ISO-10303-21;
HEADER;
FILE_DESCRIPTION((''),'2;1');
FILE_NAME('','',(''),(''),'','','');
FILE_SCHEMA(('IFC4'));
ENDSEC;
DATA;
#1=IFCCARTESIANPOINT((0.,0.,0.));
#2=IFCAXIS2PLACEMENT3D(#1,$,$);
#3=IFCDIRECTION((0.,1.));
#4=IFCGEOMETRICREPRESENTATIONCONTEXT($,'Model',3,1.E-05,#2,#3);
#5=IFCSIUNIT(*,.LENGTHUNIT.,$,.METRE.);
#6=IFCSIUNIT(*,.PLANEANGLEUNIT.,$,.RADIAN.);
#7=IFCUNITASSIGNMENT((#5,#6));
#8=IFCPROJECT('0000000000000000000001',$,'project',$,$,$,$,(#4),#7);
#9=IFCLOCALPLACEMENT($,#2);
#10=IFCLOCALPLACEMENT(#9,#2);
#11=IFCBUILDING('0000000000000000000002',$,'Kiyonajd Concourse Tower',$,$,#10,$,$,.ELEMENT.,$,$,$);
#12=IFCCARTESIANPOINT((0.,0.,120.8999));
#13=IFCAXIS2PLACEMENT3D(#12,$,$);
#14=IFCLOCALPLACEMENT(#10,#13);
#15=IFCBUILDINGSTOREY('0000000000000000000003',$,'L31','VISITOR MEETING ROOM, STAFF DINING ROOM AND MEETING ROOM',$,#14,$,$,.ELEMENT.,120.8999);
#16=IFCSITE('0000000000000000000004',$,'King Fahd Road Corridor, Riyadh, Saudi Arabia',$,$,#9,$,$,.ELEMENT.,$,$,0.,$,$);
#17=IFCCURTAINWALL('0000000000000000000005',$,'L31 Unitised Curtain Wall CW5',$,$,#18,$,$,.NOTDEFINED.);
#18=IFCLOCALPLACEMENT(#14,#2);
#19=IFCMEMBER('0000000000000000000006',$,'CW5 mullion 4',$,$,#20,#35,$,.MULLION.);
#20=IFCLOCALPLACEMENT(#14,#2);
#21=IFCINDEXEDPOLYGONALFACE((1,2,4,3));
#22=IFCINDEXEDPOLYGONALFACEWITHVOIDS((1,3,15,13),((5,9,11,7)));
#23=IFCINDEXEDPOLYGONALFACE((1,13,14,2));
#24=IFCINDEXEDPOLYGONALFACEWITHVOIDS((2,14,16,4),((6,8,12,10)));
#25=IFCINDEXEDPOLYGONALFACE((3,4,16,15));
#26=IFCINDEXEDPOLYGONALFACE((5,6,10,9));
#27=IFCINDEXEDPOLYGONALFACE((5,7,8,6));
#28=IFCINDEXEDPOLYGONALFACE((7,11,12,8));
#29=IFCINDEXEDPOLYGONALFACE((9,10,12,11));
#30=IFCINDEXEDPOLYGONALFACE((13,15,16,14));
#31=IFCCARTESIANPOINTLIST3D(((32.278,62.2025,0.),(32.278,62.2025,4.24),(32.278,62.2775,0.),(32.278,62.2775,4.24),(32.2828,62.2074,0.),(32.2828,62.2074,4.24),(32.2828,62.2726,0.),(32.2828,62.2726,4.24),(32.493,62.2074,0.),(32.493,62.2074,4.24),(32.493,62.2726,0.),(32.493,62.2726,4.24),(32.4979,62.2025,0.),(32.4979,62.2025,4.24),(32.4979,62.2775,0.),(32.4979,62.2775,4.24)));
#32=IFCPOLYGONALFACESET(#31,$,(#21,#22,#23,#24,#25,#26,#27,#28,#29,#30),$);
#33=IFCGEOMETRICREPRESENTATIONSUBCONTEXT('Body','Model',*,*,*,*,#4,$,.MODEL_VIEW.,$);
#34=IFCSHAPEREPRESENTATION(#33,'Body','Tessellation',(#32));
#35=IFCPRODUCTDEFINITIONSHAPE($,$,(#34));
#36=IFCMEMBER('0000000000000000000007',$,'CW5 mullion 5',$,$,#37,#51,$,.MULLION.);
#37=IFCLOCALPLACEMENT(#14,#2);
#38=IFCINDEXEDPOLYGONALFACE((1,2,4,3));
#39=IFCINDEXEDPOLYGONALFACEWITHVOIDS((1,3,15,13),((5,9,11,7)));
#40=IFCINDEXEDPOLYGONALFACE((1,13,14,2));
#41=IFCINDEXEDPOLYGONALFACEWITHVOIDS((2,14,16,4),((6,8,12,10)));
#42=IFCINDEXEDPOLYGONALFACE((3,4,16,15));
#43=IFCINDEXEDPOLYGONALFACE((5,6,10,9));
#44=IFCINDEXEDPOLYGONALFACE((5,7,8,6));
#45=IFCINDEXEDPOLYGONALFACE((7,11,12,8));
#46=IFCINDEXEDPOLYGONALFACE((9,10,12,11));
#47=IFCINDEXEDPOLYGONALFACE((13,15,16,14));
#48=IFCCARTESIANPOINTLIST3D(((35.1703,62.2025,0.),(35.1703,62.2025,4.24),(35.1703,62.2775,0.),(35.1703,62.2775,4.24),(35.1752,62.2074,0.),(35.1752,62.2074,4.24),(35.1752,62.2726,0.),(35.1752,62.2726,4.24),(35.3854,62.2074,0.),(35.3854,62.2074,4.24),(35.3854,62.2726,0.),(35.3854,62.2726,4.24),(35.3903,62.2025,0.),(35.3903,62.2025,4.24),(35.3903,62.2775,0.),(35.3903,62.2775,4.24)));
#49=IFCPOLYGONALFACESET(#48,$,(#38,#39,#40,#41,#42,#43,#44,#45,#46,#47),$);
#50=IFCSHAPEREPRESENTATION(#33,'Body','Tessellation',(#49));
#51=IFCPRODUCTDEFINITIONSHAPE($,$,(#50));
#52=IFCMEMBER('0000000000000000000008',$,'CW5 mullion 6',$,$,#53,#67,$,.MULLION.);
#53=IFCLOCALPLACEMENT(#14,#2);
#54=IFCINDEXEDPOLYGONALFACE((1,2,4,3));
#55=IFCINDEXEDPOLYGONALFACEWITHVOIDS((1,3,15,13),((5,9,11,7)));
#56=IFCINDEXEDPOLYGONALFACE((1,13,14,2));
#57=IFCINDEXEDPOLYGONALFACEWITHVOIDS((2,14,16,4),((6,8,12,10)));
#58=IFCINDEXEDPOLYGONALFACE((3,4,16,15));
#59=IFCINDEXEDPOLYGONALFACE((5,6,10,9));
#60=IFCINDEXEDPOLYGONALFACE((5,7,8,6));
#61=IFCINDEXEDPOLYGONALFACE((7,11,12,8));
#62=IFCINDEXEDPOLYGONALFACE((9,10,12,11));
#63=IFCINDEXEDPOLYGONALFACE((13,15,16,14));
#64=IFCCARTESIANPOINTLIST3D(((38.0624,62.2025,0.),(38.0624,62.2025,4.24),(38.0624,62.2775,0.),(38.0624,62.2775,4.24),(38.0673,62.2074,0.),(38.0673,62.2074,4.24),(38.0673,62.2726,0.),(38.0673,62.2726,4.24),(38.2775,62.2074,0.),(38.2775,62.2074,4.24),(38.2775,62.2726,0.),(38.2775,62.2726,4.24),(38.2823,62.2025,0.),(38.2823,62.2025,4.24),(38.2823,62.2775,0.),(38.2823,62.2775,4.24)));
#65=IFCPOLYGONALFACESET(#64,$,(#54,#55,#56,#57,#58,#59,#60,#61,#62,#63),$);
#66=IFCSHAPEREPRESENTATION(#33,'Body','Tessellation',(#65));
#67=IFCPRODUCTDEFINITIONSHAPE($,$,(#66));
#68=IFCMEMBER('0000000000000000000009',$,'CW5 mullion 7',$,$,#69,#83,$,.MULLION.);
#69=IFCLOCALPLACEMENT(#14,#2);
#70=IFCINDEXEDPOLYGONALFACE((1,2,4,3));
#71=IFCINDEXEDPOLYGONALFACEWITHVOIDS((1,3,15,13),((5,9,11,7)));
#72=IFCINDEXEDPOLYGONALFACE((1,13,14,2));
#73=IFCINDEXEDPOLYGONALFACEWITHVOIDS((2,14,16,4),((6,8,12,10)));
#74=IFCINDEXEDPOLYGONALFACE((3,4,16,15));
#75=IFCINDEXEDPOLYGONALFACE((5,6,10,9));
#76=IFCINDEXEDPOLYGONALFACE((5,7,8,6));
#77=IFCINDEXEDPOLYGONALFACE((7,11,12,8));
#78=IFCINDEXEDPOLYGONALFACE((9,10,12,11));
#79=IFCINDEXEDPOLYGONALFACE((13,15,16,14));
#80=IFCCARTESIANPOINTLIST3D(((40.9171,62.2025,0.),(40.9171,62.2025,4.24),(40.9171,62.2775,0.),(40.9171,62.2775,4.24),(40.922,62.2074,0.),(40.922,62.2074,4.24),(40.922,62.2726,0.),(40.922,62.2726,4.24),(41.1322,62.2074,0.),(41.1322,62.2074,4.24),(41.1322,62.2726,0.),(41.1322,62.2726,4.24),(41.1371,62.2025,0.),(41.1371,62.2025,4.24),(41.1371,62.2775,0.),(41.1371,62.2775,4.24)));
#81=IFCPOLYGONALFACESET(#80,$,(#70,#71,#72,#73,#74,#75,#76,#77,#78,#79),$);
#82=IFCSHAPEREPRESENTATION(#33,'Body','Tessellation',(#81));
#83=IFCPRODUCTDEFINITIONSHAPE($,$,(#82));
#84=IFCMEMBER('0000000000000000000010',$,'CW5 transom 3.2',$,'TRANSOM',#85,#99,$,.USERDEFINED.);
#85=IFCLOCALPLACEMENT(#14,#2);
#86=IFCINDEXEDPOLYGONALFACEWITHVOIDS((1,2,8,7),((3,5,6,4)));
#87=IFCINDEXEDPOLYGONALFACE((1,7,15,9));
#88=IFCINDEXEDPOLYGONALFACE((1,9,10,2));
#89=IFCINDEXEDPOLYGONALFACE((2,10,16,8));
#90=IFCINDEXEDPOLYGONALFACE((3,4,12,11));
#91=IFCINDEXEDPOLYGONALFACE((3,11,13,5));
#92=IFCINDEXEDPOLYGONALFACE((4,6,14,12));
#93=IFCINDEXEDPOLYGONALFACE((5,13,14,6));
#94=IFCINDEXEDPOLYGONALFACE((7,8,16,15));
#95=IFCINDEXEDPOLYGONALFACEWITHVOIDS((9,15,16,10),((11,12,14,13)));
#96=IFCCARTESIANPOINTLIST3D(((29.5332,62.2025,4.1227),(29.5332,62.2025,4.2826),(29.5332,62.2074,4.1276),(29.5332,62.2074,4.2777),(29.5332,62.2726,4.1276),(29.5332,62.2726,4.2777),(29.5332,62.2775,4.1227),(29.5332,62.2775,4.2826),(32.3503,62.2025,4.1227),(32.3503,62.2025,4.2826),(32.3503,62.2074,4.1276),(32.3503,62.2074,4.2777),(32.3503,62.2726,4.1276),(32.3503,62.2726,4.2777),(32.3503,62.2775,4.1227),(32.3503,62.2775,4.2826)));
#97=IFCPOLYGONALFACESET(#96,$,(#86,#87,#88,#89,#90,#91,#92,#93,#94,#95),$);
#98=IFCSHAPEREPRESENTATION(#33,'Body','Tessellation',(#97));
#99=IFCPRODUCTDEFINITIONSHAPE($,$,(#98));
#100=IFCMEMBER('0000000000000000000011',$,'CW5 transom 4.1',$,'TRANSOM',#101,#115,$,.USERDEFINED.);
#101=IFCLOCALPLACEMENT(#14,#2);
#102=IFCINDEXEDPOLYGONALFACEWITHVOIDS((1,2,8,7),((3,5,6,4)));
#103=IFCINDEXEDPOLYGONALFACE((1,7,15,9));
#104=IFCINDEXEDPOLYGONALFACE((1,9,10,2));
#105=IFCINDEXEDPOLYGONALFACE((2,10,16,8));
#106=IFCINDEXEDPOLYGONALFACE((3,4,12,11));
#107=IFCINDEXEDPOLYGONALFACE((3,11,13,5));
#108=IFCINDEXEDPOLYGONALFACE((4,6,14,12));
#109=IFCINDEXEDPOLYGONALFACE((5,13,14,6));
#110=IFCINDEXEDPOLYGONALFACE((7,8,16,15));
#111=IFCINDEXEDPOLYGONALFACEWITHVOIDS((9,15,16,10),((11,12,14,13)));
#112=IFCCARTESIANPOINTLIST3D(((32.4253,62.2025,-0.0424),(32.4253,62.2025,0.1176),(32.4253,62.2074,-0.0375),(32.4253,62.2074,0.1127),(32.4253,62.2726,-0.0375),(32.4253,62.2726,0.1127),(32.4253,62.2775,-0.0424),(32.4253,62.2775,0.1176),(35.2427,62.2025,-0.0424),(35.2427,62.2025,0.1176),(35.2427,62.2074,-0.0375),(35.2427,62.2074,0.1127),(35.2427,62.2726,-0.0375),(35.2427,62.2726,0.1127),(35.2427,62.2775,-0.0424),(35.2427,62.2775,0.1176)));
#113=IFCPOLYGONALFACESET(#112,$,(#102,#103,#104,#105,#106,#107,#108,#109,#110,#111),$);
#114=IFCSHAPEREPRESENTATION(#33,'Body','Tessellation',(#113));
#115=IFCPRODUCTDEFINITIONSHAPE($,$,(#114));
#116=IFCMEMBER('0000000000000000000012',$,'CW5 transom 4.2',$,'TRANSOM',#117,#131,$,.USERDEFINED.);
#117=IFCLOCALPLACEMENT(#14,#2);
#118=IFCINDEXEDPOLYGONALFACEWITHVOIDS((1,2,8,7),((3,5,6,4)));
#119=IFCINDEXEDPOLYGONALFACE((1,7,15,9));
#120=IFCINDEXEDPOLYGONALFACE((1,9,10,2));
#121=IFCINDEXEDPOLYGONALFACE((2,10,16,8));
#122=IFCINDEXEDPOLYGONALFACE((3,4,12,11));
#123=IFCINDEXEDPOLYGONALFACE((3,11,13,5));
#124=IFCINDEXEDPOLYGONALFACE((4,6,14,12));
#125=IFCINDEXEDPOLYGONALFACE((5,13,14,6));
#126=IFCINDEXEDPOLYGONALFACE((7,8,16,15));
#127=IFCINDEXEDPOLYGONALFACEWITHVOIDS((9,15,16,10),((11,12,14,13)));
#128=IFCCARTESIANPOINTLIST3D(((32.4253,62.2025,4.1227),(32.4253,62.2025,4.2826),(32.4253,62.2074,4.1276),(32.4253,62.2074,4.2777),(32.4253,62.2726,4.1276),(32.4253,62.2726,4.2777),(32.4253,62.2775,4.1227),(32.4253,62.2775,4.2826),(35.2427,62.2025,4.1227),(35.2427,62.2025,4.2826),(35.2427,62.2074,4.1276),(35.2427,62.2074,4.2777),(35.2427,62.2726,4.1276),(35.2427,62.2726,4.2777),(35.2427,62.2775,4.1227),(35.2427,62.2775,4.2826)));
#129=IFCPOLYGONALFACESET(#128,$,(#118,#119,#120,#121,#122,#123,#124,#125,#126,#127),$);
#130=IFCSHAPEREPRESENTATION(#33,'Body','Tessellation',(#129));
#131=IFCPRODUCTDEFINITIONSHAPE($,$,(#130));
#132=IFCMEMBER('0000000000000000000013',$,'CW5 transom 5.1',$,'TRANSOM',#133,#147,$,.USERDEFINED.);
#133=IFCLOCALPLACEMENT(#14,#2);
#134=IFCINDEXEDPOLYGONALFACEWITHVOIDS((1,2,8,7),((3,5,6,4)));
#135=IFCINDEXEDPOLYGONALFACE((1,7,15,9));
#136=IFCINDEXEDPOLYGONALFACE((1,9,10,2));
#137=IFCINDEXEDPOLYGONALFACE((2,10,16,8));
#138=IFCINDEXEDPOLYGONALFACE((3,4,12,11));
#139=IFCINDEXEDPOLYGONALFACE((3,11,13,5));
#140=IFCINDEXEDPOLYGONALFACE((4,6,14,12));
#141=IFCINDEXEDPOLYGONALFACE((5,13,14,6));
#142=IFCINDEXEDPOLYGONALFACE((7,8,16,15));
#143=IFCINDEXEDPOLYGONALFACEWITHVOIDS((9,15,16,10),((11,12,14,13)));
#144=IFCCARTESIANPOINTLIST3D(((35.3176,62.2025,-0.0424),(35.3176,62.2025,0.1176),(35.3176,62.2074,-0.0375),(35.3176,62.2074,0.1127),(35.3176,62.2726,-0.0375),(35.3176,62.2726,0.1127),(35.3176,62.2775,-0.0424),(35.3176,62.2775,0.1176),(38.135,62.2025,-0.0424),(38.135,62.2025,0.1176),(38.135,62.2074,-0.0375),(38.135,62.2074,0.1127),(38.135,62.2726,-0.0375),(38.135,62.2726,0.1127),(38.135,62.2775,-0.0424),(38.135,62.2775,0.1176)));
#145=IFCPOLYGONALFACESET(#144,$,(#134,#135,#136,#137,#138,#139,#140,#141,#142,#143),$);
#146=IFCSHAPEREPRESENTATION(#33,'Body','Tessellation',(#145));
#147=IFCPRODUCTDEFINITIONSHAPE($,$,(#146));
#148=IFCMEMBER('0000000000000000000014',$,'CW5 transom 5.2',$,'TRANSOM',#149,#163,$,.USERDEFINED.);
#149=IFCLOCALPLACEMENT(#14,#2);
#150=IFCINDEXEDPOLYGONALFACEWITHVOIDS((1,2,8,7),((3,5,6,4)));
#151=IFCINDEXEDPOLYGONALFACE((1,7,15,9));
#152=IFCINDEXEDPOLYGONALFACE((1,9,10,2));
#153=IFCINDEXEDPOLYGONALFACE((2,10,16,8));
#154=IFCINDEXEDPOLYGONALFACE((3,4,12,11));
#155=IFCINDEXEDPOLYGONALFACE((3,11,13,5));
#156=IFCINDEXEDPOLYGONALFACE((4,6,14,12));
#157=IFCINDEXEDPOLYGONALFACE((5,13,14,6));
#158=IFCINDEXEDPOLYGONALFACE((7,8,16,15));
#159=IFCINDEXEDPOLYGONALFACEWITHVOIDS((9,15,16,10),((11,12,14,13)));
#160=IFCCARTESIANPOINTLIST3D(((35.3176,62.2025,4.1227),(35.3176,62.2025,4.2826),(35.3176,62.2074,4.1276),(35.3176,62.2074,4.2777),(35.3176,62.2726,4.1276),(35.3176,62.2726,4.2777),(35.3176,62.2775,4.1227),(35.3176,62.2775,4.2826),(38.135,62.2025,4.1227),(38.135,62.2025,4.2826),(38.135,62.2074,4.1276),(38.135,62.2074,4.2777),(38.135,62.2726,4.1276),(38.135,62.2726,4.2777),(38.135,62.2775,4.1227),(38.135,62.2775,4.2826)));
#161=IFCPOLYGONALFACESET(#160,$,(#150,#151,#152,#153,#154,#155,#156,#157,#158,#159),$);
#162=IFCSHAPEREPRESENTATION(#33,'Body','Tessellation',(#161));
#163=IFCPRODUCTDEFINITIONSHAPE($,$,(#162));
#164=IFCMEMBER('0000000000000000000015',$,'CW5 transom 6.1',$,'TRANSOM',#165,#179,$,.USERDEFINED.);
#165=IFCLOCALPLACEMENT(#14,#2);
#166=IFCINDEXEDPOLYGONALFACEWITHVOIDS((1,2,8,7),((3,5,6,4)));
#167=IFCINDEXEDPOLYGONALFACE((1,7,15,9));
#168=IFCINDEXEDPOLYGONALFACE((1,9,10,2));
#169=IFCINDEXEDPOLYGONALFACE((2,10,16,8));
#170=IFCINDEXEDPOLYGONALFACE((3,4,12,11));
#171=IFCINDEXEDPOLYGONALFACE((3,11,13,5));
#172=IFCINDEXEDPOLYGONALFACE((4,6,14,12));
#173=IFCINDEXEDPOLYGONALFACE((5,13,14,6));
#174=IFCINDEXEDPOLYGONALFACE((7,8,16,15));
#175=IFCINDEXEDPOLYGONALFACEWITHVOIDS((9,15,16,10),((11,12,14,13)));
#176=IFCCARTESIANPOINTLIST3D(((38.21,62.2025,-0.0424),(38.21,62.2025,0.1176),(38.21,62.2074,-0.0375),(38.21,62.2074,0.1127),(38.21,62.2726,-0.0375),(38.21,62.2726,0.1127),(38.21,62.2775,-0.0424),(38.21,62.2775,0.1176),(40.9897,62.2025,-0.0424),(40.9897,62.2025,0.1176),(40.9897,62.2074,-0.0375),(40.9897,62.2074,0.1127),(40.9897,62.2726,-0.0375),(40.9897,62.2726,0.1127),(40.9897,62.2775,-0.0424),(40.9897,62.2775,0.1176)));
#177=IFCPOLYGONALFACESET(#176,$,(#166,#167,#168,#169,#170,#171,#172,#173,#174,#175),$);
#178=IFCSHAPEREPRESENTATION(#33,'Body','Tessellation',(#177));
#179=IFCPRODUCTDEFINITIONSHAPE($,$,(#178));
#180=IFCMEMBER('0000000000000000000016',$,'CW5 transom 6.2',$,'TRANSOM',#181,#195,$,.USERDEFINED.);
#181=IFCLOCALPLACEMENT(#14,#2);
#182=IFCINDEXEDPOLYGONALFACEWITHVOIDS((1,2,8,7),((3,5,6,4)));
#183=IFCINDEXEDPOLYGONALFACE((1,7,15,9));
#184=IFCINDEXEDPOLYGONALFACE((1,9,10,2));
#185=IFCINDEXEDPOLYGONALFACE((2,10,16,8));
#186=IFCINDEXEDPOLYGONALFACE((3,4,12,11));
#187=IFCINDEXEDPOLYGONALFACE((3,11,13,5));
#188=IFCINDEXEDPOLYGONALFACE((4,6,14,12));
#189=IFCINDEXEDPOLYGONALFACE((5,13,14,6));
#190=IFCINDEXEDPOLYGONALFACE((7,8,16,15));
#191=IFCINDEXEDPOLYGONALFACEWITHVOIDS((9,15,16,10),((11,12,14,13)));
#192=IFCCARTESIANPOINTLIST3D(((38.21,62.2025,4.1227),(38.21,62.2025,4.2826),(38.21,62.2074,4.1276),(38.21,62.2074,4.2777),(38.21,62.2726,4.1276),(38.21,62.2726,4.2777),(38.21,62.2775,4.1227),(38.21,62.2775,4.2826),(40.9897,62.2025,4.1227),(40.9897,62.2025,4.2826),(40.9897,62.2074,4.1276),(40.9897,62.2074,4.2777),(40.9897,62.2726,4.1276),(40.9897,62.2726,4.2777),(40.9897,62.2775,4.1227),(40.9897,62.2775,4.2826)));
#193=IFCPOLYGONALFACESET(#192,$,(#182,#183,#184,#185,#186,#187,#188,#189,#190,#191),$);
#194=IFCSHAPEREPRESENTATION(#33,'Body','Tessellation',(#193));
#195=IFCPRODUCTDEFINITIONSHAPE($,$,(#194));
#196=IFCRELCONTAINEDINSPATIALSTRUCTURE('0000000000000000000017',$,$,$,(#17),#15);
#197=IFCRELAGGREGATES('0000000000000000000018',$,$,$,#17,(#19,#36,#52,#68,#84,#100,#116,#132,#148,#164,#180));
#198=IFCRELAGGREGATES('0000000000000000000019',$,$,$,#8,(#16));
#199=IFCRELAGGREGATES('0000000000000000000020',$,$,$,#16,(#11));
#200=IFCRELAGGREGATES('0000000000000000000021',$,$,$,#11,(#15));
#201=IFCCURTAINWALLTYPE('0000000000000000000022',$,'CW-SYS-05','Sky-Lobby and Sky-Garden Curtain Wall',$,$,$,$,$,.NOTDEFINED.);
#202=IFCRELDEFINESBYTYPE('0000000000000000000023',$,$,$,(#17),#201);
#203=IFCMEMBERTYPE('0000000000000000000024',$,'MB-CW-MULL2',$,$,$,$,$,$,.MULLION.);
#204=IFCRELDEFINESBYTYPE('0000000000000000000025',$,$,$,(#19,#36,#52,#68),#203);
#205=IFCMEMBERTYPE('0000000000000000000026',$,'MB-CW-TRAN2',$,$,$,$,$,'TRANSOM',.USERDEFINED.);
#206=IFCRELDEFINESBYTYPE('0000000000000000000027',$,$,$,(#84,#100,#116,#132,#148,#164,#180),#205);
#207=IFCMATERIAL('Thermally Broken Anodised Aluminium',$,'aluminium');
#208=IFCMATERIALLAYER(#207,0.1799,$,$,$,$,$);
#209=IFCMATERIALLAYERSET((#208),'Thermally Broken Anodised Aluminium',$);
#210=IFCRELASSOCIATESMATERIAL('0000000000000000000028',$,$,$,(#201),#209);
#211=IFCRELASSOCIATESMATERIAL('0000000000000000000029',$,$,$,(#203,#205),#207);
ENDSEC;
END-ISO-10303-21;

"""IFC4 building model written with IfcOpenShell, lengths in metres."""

from ifc_helpers import new_model, si_unit, direction, frame, origin, origin_2d, place, context, subcontext, project, spatial, hollow_rectangle, extrude, material, layer, layer_set, material_profile, profile_set, type_object, element, aggregate, save


model = new_model("IFC4")

# Units and contexts
model_context = context("Model", 3, precision=1e-05, world=origin(), true_north=direction((0.0, 1.0)))
body_context = subcontext(model_context, "Body", "Model", "MODEL_VIEW")
ifc_project = project(units=[si_unit("LENGTHUNIT", "METRE"), si_unit("PLANEANGLEUNIT", "RADIAN")], contexts=[model_context])

# Site, building, storey
site_placement = place(None, origin())
site = spatial("IfcSite", under=ifc_project, at=site_placement, Name="King Fahd Road Corridor, Riyadh, Saudi Arabia", CompositionType="ELEMENT", RefElevation=0.0)
building_placement = place(site_placement, origin())
building = spatial("IfcBuilding", under=site, at=building_placement, Name="Kiyonajd Concourse Tower", CompositionType="ELEMENT")
storey_placement = place(building_placement, frame((0.0, 0.0, 120.8999)))
storey = spatial("IfcBuildingStorey", under=building, at=storey_placement, Name="L31", Description="VISITOR MEETING ROOM, STAFF DINING ROOM AND MEETING ROOM", CompositionType="ELEMENT", Elevation=120.8999)

# Curtain wall, members
ifc_material_1 = material(Name="Thermally Broken Anodised Aluminium", Category="aluminium")
ifc_layer_1 = layer(ifc_material_1, 0.1799)
ifc_layer_set_1 = layer_set([ifc_layer_1], Name="Thermally Broken Anodised Aluminium")
curtain_wall_type = type_object("IfcCurtainWallType", Name="CW-SYS-05", Description="Sky-Lobby and Sky-Garden Curtain Wall", PredefinedType="NOTDEFINED", material=ifc_layer_set_1)
curtain_wall_placement = place(storey_placement, origin())
curtain_wall = element("IfcCurtainWall", 1, at=curtain_wall_placement, inside=storey, type_object=curtain_wall_type, Name="L31 Unitised Curtain Wall CW5", PredefinedType="NOTDEFINED")
ifc_material_profile_1 = material_profile(ifc_material_1, hollow_rectangle(XDim=0.075, YDim=0.22, WallThickness=0.0049, at=origin_2d()), Name="MULL-75x220")
ifc_profile_set_1 = profile_set([ifc_material_profile_1], Name="Thermally Broken Anodised Aluminium")
member_type_1 = type_object("IfcMemberType", Name="MB-CW-MULL2", PredefinedType="MULLION", material=ifc_profile_set_1)
member_1_placement = place(storey_placement, frame((32.3879, 62.24, 0.0), z_axis=(0.0, 0.0, 1.0), x_axis=(0.0, 1.0, 0.0)))
member_1 = element("IfcMember", 2, at=member_1_placement, type_object=member_type_1, Name="CW5 mullion 4", PredefinedType="MULLION", context=body_context, shape_type="SweptSolid", body=[
    extrude(hollow_rectangle(XDim=0.075, YDim=0.22, WallThickness=0.0049, at=origin_2d()), origin(), (0.0, 0.0, 1.0), 4.24),
])
member_2_placement = place(storey_placement, frame((35.2803, 62.24, 0.0), z_axis=(0.0, 0.0, 1.0), x_axis=(0.0, 1.0, 0.0)))
member_2 = element("IfcMember", 3, at=member_2_placement, type_object=member_type_1, Name="CW5 mullion 5", PredefinedType="MULLION", context=body_context, shape_type="SweptSolid", body=[
    extrude(hollow_rectangle(XDim=0.075, YDim=0.22, WallThickness=0.0049, at=origin_2d()), origin(), (0.0, 0.0, 1.0), 4.24),
])
member_3_placement = place(storey_placement, frame((38.1724, 62.24, 0.0), z_axis=(0.0, 0.0, 1.0), x_axis=(0.0, 1.0, 0.0)))
member_3 = element("IfcMember", 4, at=member_3_placement, type_object=member_type_1, Name="CW5 mullion 6", PredefinedType="MULLION", context=body_context, shape_type="SweptSolid", body=[
    extrude(hollow_rectangle(XDim=0.075, YDim=0.22, WallThickness=0.0049, at=origin_2d()), origin(), (0.0, 0.0, 1.0), 4.24),
])
member_4_placement = place(storey_placement, frame((41.0271, 62.24, 0.0), z_axis=(0.0, 0.0, 1.0), x_axis=(0.0, 1.0, 0.0)))
member_4 = element("IfcMember", 5, at=member_4_placement, type_object=member_type_1, Name="CW5 mullion 7", PredefinedType="MULLION", context=body_context, shape_type="SweptSolid", body=[
    extrude(hollow_rectangle(XDim=0.075, YDim=0.22, WallThickness=0.0049, at=origin_2d()), origin(), (0.0, 0.0, 1.0), 4.24),
])
ifc_material_profile_2 = material_profile(ifc_material_1, hollow_rectangle(XDim=0.075, YDim=0.1599, WallThickness=0.0049, at=origin_2d()), Name="TRAN-75x160")
ifc_profile_set_2 = profile_set([ifc_material_profile_2], Name="Thermally Broken Anodised Aluminium")
member_type_2 = type_object("IfcMemberType", Name="MB-CW-TRAN2", ElementType="TRANSOM", PredefinedType="USERDEFINED", material=ifc_profile_set_2)
member_5_placement = place(storey_placement, frame((29.5332, 62.24, 4.2026), z_axis=(1.0, 0.0, 0.0), x_axis=(0.0, 1.0, 0.0)))
member_5 = element("IfcMember", 6, at=member_5_placement, type_object=member_type_2, Name="CW5 transom 3.2", ObjectType="TRANSOM", PredefinedType="USERDEFINED", context=body_context, shape_type="SweptSolid", body=[
    extrude(hollow_rectangle(XDim=0.075, YDim=0.1599, WallThickness=0.0049, at=origin_2d()), origin(), (0.0, 0.0, 1.0), 2.8171),
])
member_6_placement = place(storey_placement, frame((32.4253, 62.24, 0.0376), z_axis=(1.0, 0.0, 0.0), x_axis=(0.0, 1.0, 0.0)))
member_6 = element("IfcMember", 7, at=member_6_placement, type_object=member_type_2, Name="CW5 transom 4.1", ObjectType="TRANSOM", PredefinedType="USERDEFINED", context=body_context, shape_type="SweptSolid", body=[
    extrude(hollow_rectangle(XDim=0.075, YDim=0.1599, WallThickness=0.0049, at=origin_2d()), origin(), (0.0, 0.0, 1.0), 2.8174),
])
member_7_placement = place(storey_placement, frame((32.4253, 62.24, 4.2026), z_axis=(1.0, 0.0, 0.0), x_axis=(0.0, 1.0, 0.0)))
member_7 = element("IfcMember", 8, at=member_7_placement, type_object=member_type_2, Name="CW5 transom 4.2", ObjectType="TRANSOM", PredefinedType="USERDEFINED", context=body_context, shape_type="SweptSolid", body=[
    extrude(hollow_rectangle(XDim=0.075, YDim=0.1599, WallThickness=0.0049, at=origin_2d()), origin(), (0.0, 0.0, 1.0), 2.8174),
])
member_8_placement = place(storey_placement, frame((35.3176, 62.24, 0.0376), z_axis=(1.0, 0.0, 0.0), x_axis=(0.0, 1.0, 0.0)))
member_8 = element("IfcMember", 9, at=member_8_placement, type_object=member_type_2, Name="CW5 transom 5.1", ObjectType="TRANSOM", PredefinedType="USERDEFINED", context=body_context, shape_type="SweptSolid", body=[
    extrude(hollow_rectangle(XDim=0.075, YDim=0.1599, WallThickness=0.0049, at=origin_2d()), origin(), (0.0, 0.0, 1.0), 2.8174),
])
member_9_placement = place(storey_placement, frame((35.3176, 62.24, 4.2026), z_axis=(1.0, 0.0, 0.0), x_axis=(0.0, 1.0, 0.0)))
member_9 = element("IfcMember", 10, at=member_9_placement, type_object=member_type_2, Name="CW5 transom 5.2", ObjectType="TRANSOM", PredefinedType="USERDEFINED", context=body_context, shape_type="SweptSolid", body=[
    extrude(hollow_rectangle(XDim=0.075, YDim=0.1599, WallThickness=0.0049, at=origin_2d()), origin(), (0.0, 0.0, 1.0), 2.8174),
])
member_10_placement = place(storey_placement, frame((38.21, 62.24, 0.0376), z_axis=(1.0, 0.0, 0.0), x_axis=(0.0, 1.0, 0.0)))
member_10 = element("IfcMember", 11, at=member_10_placement, type_object=member_type_2, Name="CW5 transom 6.1", ObjectType="TRANSOM", PredefinedType="USERDEFINED", context=body_context, shape_type="SweptSolid", body=[
    extrude(hollow_rectangle(XDim=0.075, YDim=0.1599, WallThickness=0.0049, at=origin_2d()), origin(), (0.0, 0.0, 1.0), 2.7798),
])
member_11_placement = place(storey_placement, frame((38.21, 62.24, 4.2026), z_axis=(1.0, 0.0, 0.0), x_axis=(0.0, 1.0, 0.0)))
member_11 = element("IfcMember", 12, at=member_11_placement, type_object=member_type_2, Name="CW5 transom 6.2", ObjectType="TRANSOM", PredefinedType="USERDEFINED", context=body_context, shape_type="SweptSolid", body=[
    extrude(hollow_rectangle(XDim=0.075, YDim=0.1599, WallThickness=0.0049, at=origin_2d()), origin(), (0.0, 0.0, 1.0), 2.7798),
])
aggregate(curtain_wall, [member_1, member_2, member_3, member_4, member_5, member_6, member_7, member_8, member_9, member_10, member_11])

save(model, "model.ifc")
